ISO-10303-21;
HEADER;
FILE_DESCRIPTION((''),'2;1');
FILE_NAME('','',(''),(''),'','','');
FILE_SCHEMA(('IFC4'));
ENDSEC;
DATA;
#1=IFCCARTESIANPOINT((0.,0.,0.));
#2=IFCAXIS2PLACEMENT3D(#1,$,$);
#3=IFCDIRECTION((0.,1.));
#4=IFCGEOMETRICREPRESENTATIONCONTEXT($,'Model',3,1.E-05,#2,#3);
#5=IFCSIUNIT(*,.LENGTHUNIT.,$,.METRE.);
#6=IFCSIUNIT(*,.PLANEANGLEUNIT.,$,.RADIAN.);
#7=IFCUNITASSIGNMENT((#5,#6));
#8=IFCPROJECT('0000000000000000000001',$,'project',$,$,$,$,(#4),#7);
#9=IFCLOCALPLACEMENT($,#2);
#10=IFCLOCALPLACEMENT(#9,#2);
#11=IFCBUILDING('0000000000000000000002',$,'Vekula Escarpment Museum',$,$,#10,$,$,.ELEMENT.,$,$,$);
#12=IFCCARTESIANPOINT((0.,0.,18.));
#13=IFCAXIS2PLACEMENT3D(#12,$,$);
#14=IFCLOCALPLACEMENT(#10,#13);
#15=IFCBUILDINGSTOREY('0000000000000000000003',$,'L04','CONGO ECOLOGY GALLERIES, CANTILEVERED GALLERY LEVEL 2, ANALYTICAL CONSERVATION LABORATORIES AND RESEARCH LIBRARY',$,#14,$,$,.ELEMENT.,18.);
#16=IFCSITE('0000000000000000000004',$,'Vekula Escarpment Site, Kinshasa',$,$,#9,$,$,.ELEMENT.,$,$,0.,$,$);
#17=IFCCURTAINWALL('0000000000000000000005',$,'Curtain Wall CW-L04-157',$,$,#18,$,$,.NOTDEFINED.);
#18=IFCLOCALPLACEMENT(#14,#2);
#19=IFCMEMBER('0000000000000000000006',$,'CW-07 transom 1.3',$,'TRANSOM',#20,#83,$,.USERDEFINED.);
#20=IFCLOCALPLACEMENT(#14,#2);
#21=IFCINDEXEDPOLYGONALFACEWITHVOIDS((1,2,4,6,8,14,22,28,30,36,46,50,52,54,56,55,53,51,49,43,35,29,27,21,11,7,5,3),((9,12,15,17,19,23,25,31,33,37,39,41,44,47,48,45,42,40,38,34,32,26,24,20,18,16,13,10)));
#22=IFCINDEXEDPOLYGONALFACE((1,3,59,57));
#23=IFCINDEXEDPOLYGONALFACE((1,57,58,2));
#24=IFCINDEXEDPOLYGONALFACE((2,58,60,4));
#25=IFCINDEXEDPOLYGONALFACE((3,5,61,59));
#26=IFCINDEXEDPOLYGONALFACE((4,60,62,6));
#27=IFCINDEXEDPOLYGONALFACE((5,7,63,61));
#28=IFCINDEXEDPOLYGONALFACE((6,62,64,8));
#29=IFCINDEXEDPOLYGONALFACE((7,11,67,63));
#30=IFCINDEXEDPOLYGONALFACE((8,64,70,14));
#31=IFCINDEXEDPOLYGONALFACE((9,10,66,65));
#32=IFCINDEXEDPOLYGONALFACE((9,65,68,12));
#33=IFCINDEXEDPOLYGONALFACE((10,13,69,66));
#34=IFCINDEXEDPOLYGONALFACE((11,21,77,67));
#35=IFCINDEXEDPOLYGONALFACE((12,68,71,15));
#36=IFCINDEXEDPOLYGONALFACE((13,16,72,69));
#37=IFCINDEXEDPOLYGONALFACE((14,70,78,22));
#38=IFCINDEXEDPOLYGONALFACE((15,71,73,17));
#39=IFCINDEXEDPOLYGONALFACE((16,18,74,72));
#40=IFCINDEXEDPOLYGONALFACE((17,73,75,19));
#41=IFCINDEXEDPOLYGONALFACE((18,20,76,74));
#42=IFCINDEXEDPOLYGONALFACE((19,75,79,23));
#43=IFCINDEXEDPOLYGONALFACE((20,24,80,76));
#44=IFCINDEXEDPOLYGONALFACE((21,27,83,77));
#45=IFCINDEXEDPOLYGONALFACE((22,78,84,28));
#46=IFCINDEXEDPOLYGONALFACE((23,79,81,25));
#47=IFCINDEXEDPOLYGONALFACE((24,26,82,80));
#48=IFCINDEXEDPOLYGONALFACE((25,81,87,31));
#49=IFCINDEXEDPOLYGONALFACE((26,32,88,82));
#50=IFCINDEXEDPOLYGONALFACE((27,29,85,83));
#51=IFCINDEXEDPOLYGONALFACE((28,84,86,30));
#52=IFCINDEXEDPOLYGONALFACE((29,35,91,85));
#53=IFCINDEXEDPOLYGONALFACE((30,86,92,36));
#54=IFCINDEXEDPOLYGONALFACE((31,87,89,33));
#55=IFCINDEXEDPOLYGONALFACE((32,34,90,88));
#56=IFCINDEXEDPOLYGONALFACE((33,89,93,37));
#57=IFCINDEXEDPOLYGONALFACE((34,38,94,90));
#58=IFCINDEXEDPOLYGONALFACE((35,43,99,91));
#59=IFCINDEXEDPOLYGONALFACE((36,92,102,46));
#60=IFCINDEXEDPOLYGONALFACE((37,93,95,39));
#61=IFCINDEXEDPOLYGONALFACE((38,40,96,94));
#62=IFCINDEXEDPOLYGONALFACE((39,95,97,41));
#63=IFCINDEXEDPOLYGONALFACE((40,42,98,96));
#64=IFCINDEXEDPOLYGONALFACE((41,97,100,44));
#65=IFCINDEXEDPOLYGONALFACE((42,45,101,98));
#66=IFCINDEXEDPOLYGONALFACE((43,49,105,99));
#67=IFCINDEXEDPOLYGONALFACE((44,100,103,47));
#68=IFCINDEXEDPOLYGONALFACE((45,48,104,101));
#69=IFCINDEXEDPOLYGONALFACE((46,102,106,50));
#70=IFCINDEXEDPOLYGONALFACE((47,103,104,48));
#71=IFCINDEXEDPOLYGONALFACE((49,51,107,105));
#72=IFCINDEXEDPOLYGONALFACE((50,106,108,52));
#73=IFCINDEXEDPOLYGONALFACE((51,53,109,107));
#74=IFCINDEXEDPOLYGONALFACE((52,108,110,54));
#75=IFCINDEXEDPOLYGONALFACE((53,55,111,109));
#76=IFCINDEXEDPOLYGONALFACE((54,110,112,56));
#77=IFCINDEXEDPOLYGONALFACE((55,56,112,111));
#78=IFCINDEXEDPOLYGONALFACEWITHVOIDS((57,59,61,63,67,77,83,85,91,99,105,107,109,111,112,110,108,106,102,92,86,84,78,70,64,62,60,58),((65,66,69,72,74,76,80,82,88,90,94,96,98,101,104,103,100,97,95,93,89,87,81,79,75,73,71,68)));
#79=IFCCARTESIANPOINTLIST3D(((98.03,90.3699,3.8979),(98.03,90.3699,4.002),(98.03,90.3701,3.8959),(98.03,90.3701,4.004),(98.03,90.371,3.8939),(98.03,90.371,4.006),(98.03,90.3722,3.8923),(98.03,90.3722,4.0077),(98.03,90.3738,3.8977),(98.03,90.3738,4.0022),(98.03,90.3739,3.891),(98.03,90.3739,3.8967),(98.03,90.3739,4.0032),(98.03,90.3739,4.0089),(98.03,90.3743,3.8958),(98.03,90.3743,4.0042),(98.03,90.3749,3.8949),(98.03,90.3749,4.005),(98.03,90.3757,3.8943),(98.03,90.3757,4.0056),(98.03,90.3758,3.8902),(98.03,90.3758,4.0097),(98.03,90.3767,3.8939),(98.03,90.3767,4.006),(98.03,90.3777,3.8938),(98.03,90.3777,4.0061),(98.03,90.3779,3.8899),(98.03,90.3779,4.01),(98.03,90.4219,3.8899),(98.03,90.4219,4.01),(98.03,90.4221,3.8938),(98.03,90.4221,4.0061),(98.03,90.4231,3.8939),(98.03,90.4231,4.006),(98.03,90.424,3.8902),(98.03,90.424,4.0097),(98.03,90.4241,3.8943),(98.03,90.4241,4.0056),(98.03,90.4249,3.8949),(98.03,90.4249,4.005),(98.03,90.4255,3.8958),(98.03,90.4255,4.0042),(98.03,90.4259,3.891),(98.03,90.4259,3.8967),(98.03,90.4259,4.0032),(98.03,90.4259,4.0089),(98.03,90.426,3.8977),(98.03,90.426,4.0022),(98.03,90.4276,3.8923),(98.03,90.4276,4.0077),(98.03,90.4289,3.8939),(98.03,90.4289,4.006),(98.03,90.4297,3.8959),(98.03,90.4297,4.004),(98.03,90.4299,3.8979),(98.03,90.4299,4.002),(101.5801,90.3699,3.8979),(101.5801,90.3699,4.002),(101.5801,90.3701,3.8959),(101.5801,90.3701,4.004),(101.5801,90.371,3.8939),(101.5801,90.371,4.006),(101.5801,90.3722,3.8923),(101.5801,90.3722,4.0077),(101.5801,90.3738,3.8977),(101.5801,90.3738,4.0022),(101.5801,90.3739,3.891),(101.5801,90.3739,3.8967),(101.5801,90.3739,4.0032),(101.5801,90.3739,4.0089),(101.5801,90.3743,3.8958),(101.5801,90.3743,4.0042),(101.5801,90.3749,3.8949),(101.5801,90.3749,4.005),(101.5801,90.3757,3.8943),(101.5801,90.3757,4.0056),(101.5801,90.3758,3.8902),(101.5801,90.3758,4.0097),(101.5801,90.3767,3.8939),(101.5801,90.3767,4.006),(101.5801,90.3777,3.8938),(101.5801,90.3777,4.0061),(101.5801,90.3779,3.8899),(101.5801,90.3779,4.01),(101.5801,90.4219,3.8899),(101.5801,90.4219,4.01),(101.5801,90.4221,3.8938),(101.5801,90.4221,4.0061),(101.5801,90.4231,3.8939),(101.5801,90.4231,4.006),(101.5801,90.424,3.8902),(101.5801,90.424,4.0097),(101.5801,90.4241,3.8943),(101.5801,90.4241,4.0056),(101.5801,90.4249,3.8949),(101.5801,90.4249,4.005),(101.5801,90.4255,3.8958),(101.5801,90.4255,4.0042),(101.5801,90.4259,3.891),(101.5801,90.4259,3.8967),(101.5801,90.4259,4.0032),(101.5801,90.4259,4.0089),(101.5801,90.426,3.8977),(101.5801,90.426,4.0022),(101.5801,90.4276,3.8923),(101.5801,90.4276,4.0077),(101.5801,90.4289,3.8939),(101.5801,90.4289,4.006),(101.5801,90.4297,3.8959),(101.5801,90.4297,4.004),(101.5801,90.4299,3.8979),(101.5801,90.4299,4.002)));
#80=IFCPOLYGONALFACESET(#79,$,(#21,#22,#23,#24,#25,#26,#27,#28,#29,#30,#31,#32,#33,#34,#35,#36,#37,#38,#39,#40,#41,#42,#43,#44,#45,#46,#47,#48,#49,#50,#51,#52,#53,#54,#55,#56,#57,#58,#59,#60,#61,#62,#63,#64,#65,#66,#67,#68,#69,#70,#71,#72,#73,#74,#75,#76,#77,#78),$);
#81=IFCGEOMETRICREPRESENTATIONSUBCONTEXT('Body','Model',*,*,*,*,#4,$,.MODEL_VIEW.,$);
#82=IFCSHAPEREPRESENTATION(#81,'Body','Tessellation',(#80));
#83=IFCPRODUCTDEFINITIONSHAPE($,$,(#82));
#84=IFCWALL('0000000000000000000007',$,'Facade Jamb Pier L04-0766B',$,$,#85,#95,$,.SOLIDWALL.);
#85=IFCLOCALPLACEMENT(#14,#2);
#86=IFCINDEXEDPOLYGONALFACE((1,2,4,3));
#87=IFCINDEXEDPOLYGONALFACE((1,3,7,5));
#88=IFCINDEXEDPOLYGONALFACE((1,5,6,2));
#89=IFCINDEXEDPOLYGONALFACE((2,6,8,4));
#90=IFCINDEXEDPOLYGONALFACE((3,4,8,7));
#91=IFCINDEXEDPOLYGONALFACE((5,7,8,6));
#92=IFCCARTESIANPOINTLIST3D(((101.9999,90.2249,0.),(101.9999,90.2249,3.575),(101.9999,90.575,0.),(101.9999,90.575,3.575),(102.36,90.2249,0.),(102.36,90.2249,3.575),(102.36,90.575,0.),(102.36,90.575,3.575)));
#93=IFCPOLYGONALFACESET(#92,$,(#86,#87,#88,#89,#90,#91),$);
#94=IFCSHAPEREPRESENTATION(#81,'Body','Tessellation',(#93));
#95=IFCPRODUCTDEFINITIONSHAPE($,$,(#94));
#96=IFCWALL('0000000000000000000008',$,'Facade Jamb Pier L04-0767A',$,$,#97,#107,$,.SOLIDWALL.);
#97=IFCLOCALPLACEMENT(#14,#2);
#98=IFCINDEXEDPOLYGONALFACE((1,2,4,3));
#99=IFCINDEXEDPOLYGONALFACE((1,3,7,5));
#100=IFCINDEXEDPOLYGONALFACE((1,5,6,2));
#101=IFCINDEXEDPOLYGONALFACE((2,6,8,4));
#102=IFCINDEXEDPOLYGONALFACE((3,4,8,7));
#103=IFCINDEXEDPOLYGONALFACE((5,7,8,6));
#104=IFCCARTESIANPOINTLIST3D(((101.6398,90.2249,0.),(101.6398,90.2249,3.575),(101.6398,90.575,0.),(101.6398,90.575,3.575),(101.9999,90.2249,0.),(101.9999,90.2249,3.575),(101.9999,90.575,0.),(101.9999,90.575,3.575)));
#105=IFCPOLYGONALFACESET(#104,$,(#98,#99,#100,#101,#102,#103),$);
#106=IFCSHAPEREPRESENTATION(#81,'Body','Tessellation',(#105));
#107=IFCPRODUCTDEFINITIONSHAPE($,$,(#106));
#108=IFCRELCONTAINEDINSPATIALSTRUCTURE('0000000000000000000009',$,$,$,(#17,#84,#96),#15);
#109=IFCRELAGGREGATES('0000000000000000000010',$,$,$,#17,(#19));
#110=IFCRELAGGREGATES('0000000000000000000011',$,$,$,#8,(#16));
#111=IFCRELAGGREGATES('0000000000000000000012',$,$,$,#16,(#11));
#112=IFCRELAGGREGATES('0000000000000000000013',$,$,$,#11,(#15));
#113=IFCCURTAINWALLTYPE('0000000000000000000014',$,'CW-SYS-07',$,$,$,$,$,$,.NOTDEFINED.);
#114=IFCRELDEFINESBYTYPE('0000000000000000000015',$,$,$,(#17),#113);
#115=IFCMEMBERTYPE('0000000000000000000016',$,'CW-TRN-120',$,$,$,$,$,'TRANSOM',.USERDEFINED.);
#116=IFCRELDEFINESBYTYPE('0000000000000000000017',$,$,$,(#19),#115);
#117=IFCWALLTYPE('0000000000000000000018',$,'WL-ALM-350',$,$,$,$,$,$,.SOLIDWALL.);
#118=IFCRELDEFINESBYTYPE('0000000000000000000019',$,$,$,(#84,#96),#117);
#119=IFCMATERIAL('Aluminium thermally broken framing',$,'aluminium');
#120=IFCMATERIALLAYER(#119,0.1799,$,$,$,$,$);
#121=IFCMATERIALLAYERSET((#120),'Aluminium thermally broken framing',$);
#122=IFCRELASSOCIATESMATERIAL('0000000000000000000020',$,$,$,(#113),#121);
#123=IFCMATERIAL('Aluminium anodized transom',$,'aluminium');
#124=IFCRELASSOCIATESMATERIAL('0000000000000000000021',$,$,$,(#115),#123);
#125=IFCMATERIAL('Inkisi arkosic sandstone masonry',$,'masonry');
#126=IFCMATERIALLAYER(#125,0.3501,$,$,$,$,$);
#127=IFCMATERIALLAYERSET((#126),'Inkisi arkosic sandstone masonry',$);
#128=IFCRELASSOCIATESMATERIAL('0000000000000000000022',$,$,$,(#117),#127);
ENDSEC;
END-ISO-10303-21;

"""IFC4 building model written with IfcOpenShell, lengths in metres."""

from ifc_helpers import new_model, si_unit, direction, frame, frame_2d, origin, origin_2d, place, context, subcontext, project, spatial, rectangle, hollow_rectangle, extrude, material, layer, layer_set, material_profile, profile_set, type_object, element, aggregate, save


model = new_model("IFC4")

# Units and contexts
model_context = context("Model", 3, precision=1e-05, world=origin(), true_north=direction((0.0, 1.0)))
body_context = subcontext(model_context, "Body", "Model", "MODEL_VIEW")
ifc_project = project(units=[si_unit("LENGTHUNIT", "METRE"), si_unit("PLANEANGLEUNIT", "RADIAN")], contexts=[model_context])

# Site, building, storey
site_placement = place(None, origin())
site = spatial("IfcSite", under=ifc_project, at=site_placement, Name="Vekula Escarpment Site, Kinshasa", CompositionType="ELEMENT", RefElevation=0.0)
building_placement = place(site_placement, origin())
building = spatial("IfcBuilding", under=site, at=building_placement, Name="Vekula Escarpment Museum", CompositionType="ELEMENT")
storey_placement = place(building_placement, frame((0.0, 0.0, 18.0)))
storey = spatial("IfcBuildingStorey", under=building, at=storey_placement, Name="L04", Description="CONGO ECOLOGY GALLERIES, CANTILEVERED GALLERY LEVEL 2, ANALYTICAL CONSERVATION LABORATORIES AND RESEARCH LIBRARY", CompositionType="ELEMENT", Elevation=18.0)

# Curtain wall, member
ifc_material_1 = material(Name="Aluminium thermally broken framing", Category="aluminium")
ifc_layer_1 = layer(ifc_material_1, 0.1799)
ifc_layer_set_1 = layer_set([ifc_layer_1], Name="Aluminium thermally broken framing")
curtain_wall_type_1 = type_object("IfcCurtainWallType", Name="CW-SYS-07", PredefinedType="NOTDEFINED", material=ifc_layer_set_1)
curtain_wall_1_placement = place(storey_placement, origin())
curtain_wall_1 = element("IfcCurtainWall", 1, at=curtain_wall_1_placement, inside=storey, type_object=curtain_wall_type_1, Name="Curtain Wall CW-L04-157", PredefinedType="NOTDEFINED")
ifc_material_2 = material(Name="Aluminium anodized transom", Category="aluminium")
ifc_material_profile_1 = material_profile(ifc_material_2, hollow_rectangle(XDim=0.0601, YDim=0.1201, WallThickness=0.0039, InnerFilletRadius=0.0039, OuterFilletRadius=0.0081, at=origin_2d()), Name="ALU 120x60x4")
ifc_profile_set_1 = profile_set([ifc_material_profile_1], Name="Aluminium anodized transom")
member_type_1 = type_object("IfcMemberType", Name="CW-TRN-120", ElementType="TRANSOM", PredefinedType="USERDEFINED", material=ifc_profile_set_1)
member_1_placement = place(storey_placement, frame((101.5801, 90.3999, 3.95), z_axis=(-1.0, 0.0, 0.0), x_axis=(0.0, -1.0, 0.0)))
member_1 = element("IfcMember", 2, at=member_1_placement, type_object=member_type_1, Name="CW-07 transom 1.3", ObjectType="TRANSOM", PredefinedType="USERDEFINED", context=body_context, shape_type="SweptSolid", body=[
    extrude(hollow_rectangle(XDim=0.0601, YDim=0.1201, WallThickness=0.0039, InnerFilletRadius=0.0039, OuterFilletRadius=0.0081, at=origin_2d()), origin(), (0.0, 0.0, 1.0), 3.55),
])
aggregate(curtain_wall_1, [member_1])

# Walls
ifc_material_3 = material(Name="Inkisi arkosic sandstone masonry", Category="masonry")
ifc_layer_2 = layer(ifc_material_3, 0.3501)
ifc_layer_set_2 = layer_set([ifc_layer_2], Name="Inkisi arkosic sandstone masonry")
wall_type = type_object("IfcWallType", Name="WL-ALM-350", PredefinedType="SOLIDWALL", material=ifc_layer_set_2)
for number, where, z_axis, x_axis, name in (
    (3, (102.3601, 90.3999, 0.0), (0.0, 0.0, 1.0), (-1.0, 0.0, 0.0), "Facade Jamb Pier L04-0766B"),
    (4, (102.0, 90.3999, 0.0), (0.0, 0.0, 1.0), (-1.0, 0.0, 0.0), "Facade Jamb Pier L04-0767A"),
):
    element("IfcWall", number, at=place(storey_placement, frame(where, z_axis=z_axis, x_axis=x_axis)), inside=storey, type_object=wall_type, Name=name, PredefinedType="SOLIDWALL", context=body_context, shape_type="SweptSolid", body=[
        extrude(rectangle(XDim=0.3601, YDim=0.3501, at=frame_2d((0.1802, 0.0))), origin(), (0.0, 0.0, 1.0), 3.575),
    ])

save(model, "model.ifc")
